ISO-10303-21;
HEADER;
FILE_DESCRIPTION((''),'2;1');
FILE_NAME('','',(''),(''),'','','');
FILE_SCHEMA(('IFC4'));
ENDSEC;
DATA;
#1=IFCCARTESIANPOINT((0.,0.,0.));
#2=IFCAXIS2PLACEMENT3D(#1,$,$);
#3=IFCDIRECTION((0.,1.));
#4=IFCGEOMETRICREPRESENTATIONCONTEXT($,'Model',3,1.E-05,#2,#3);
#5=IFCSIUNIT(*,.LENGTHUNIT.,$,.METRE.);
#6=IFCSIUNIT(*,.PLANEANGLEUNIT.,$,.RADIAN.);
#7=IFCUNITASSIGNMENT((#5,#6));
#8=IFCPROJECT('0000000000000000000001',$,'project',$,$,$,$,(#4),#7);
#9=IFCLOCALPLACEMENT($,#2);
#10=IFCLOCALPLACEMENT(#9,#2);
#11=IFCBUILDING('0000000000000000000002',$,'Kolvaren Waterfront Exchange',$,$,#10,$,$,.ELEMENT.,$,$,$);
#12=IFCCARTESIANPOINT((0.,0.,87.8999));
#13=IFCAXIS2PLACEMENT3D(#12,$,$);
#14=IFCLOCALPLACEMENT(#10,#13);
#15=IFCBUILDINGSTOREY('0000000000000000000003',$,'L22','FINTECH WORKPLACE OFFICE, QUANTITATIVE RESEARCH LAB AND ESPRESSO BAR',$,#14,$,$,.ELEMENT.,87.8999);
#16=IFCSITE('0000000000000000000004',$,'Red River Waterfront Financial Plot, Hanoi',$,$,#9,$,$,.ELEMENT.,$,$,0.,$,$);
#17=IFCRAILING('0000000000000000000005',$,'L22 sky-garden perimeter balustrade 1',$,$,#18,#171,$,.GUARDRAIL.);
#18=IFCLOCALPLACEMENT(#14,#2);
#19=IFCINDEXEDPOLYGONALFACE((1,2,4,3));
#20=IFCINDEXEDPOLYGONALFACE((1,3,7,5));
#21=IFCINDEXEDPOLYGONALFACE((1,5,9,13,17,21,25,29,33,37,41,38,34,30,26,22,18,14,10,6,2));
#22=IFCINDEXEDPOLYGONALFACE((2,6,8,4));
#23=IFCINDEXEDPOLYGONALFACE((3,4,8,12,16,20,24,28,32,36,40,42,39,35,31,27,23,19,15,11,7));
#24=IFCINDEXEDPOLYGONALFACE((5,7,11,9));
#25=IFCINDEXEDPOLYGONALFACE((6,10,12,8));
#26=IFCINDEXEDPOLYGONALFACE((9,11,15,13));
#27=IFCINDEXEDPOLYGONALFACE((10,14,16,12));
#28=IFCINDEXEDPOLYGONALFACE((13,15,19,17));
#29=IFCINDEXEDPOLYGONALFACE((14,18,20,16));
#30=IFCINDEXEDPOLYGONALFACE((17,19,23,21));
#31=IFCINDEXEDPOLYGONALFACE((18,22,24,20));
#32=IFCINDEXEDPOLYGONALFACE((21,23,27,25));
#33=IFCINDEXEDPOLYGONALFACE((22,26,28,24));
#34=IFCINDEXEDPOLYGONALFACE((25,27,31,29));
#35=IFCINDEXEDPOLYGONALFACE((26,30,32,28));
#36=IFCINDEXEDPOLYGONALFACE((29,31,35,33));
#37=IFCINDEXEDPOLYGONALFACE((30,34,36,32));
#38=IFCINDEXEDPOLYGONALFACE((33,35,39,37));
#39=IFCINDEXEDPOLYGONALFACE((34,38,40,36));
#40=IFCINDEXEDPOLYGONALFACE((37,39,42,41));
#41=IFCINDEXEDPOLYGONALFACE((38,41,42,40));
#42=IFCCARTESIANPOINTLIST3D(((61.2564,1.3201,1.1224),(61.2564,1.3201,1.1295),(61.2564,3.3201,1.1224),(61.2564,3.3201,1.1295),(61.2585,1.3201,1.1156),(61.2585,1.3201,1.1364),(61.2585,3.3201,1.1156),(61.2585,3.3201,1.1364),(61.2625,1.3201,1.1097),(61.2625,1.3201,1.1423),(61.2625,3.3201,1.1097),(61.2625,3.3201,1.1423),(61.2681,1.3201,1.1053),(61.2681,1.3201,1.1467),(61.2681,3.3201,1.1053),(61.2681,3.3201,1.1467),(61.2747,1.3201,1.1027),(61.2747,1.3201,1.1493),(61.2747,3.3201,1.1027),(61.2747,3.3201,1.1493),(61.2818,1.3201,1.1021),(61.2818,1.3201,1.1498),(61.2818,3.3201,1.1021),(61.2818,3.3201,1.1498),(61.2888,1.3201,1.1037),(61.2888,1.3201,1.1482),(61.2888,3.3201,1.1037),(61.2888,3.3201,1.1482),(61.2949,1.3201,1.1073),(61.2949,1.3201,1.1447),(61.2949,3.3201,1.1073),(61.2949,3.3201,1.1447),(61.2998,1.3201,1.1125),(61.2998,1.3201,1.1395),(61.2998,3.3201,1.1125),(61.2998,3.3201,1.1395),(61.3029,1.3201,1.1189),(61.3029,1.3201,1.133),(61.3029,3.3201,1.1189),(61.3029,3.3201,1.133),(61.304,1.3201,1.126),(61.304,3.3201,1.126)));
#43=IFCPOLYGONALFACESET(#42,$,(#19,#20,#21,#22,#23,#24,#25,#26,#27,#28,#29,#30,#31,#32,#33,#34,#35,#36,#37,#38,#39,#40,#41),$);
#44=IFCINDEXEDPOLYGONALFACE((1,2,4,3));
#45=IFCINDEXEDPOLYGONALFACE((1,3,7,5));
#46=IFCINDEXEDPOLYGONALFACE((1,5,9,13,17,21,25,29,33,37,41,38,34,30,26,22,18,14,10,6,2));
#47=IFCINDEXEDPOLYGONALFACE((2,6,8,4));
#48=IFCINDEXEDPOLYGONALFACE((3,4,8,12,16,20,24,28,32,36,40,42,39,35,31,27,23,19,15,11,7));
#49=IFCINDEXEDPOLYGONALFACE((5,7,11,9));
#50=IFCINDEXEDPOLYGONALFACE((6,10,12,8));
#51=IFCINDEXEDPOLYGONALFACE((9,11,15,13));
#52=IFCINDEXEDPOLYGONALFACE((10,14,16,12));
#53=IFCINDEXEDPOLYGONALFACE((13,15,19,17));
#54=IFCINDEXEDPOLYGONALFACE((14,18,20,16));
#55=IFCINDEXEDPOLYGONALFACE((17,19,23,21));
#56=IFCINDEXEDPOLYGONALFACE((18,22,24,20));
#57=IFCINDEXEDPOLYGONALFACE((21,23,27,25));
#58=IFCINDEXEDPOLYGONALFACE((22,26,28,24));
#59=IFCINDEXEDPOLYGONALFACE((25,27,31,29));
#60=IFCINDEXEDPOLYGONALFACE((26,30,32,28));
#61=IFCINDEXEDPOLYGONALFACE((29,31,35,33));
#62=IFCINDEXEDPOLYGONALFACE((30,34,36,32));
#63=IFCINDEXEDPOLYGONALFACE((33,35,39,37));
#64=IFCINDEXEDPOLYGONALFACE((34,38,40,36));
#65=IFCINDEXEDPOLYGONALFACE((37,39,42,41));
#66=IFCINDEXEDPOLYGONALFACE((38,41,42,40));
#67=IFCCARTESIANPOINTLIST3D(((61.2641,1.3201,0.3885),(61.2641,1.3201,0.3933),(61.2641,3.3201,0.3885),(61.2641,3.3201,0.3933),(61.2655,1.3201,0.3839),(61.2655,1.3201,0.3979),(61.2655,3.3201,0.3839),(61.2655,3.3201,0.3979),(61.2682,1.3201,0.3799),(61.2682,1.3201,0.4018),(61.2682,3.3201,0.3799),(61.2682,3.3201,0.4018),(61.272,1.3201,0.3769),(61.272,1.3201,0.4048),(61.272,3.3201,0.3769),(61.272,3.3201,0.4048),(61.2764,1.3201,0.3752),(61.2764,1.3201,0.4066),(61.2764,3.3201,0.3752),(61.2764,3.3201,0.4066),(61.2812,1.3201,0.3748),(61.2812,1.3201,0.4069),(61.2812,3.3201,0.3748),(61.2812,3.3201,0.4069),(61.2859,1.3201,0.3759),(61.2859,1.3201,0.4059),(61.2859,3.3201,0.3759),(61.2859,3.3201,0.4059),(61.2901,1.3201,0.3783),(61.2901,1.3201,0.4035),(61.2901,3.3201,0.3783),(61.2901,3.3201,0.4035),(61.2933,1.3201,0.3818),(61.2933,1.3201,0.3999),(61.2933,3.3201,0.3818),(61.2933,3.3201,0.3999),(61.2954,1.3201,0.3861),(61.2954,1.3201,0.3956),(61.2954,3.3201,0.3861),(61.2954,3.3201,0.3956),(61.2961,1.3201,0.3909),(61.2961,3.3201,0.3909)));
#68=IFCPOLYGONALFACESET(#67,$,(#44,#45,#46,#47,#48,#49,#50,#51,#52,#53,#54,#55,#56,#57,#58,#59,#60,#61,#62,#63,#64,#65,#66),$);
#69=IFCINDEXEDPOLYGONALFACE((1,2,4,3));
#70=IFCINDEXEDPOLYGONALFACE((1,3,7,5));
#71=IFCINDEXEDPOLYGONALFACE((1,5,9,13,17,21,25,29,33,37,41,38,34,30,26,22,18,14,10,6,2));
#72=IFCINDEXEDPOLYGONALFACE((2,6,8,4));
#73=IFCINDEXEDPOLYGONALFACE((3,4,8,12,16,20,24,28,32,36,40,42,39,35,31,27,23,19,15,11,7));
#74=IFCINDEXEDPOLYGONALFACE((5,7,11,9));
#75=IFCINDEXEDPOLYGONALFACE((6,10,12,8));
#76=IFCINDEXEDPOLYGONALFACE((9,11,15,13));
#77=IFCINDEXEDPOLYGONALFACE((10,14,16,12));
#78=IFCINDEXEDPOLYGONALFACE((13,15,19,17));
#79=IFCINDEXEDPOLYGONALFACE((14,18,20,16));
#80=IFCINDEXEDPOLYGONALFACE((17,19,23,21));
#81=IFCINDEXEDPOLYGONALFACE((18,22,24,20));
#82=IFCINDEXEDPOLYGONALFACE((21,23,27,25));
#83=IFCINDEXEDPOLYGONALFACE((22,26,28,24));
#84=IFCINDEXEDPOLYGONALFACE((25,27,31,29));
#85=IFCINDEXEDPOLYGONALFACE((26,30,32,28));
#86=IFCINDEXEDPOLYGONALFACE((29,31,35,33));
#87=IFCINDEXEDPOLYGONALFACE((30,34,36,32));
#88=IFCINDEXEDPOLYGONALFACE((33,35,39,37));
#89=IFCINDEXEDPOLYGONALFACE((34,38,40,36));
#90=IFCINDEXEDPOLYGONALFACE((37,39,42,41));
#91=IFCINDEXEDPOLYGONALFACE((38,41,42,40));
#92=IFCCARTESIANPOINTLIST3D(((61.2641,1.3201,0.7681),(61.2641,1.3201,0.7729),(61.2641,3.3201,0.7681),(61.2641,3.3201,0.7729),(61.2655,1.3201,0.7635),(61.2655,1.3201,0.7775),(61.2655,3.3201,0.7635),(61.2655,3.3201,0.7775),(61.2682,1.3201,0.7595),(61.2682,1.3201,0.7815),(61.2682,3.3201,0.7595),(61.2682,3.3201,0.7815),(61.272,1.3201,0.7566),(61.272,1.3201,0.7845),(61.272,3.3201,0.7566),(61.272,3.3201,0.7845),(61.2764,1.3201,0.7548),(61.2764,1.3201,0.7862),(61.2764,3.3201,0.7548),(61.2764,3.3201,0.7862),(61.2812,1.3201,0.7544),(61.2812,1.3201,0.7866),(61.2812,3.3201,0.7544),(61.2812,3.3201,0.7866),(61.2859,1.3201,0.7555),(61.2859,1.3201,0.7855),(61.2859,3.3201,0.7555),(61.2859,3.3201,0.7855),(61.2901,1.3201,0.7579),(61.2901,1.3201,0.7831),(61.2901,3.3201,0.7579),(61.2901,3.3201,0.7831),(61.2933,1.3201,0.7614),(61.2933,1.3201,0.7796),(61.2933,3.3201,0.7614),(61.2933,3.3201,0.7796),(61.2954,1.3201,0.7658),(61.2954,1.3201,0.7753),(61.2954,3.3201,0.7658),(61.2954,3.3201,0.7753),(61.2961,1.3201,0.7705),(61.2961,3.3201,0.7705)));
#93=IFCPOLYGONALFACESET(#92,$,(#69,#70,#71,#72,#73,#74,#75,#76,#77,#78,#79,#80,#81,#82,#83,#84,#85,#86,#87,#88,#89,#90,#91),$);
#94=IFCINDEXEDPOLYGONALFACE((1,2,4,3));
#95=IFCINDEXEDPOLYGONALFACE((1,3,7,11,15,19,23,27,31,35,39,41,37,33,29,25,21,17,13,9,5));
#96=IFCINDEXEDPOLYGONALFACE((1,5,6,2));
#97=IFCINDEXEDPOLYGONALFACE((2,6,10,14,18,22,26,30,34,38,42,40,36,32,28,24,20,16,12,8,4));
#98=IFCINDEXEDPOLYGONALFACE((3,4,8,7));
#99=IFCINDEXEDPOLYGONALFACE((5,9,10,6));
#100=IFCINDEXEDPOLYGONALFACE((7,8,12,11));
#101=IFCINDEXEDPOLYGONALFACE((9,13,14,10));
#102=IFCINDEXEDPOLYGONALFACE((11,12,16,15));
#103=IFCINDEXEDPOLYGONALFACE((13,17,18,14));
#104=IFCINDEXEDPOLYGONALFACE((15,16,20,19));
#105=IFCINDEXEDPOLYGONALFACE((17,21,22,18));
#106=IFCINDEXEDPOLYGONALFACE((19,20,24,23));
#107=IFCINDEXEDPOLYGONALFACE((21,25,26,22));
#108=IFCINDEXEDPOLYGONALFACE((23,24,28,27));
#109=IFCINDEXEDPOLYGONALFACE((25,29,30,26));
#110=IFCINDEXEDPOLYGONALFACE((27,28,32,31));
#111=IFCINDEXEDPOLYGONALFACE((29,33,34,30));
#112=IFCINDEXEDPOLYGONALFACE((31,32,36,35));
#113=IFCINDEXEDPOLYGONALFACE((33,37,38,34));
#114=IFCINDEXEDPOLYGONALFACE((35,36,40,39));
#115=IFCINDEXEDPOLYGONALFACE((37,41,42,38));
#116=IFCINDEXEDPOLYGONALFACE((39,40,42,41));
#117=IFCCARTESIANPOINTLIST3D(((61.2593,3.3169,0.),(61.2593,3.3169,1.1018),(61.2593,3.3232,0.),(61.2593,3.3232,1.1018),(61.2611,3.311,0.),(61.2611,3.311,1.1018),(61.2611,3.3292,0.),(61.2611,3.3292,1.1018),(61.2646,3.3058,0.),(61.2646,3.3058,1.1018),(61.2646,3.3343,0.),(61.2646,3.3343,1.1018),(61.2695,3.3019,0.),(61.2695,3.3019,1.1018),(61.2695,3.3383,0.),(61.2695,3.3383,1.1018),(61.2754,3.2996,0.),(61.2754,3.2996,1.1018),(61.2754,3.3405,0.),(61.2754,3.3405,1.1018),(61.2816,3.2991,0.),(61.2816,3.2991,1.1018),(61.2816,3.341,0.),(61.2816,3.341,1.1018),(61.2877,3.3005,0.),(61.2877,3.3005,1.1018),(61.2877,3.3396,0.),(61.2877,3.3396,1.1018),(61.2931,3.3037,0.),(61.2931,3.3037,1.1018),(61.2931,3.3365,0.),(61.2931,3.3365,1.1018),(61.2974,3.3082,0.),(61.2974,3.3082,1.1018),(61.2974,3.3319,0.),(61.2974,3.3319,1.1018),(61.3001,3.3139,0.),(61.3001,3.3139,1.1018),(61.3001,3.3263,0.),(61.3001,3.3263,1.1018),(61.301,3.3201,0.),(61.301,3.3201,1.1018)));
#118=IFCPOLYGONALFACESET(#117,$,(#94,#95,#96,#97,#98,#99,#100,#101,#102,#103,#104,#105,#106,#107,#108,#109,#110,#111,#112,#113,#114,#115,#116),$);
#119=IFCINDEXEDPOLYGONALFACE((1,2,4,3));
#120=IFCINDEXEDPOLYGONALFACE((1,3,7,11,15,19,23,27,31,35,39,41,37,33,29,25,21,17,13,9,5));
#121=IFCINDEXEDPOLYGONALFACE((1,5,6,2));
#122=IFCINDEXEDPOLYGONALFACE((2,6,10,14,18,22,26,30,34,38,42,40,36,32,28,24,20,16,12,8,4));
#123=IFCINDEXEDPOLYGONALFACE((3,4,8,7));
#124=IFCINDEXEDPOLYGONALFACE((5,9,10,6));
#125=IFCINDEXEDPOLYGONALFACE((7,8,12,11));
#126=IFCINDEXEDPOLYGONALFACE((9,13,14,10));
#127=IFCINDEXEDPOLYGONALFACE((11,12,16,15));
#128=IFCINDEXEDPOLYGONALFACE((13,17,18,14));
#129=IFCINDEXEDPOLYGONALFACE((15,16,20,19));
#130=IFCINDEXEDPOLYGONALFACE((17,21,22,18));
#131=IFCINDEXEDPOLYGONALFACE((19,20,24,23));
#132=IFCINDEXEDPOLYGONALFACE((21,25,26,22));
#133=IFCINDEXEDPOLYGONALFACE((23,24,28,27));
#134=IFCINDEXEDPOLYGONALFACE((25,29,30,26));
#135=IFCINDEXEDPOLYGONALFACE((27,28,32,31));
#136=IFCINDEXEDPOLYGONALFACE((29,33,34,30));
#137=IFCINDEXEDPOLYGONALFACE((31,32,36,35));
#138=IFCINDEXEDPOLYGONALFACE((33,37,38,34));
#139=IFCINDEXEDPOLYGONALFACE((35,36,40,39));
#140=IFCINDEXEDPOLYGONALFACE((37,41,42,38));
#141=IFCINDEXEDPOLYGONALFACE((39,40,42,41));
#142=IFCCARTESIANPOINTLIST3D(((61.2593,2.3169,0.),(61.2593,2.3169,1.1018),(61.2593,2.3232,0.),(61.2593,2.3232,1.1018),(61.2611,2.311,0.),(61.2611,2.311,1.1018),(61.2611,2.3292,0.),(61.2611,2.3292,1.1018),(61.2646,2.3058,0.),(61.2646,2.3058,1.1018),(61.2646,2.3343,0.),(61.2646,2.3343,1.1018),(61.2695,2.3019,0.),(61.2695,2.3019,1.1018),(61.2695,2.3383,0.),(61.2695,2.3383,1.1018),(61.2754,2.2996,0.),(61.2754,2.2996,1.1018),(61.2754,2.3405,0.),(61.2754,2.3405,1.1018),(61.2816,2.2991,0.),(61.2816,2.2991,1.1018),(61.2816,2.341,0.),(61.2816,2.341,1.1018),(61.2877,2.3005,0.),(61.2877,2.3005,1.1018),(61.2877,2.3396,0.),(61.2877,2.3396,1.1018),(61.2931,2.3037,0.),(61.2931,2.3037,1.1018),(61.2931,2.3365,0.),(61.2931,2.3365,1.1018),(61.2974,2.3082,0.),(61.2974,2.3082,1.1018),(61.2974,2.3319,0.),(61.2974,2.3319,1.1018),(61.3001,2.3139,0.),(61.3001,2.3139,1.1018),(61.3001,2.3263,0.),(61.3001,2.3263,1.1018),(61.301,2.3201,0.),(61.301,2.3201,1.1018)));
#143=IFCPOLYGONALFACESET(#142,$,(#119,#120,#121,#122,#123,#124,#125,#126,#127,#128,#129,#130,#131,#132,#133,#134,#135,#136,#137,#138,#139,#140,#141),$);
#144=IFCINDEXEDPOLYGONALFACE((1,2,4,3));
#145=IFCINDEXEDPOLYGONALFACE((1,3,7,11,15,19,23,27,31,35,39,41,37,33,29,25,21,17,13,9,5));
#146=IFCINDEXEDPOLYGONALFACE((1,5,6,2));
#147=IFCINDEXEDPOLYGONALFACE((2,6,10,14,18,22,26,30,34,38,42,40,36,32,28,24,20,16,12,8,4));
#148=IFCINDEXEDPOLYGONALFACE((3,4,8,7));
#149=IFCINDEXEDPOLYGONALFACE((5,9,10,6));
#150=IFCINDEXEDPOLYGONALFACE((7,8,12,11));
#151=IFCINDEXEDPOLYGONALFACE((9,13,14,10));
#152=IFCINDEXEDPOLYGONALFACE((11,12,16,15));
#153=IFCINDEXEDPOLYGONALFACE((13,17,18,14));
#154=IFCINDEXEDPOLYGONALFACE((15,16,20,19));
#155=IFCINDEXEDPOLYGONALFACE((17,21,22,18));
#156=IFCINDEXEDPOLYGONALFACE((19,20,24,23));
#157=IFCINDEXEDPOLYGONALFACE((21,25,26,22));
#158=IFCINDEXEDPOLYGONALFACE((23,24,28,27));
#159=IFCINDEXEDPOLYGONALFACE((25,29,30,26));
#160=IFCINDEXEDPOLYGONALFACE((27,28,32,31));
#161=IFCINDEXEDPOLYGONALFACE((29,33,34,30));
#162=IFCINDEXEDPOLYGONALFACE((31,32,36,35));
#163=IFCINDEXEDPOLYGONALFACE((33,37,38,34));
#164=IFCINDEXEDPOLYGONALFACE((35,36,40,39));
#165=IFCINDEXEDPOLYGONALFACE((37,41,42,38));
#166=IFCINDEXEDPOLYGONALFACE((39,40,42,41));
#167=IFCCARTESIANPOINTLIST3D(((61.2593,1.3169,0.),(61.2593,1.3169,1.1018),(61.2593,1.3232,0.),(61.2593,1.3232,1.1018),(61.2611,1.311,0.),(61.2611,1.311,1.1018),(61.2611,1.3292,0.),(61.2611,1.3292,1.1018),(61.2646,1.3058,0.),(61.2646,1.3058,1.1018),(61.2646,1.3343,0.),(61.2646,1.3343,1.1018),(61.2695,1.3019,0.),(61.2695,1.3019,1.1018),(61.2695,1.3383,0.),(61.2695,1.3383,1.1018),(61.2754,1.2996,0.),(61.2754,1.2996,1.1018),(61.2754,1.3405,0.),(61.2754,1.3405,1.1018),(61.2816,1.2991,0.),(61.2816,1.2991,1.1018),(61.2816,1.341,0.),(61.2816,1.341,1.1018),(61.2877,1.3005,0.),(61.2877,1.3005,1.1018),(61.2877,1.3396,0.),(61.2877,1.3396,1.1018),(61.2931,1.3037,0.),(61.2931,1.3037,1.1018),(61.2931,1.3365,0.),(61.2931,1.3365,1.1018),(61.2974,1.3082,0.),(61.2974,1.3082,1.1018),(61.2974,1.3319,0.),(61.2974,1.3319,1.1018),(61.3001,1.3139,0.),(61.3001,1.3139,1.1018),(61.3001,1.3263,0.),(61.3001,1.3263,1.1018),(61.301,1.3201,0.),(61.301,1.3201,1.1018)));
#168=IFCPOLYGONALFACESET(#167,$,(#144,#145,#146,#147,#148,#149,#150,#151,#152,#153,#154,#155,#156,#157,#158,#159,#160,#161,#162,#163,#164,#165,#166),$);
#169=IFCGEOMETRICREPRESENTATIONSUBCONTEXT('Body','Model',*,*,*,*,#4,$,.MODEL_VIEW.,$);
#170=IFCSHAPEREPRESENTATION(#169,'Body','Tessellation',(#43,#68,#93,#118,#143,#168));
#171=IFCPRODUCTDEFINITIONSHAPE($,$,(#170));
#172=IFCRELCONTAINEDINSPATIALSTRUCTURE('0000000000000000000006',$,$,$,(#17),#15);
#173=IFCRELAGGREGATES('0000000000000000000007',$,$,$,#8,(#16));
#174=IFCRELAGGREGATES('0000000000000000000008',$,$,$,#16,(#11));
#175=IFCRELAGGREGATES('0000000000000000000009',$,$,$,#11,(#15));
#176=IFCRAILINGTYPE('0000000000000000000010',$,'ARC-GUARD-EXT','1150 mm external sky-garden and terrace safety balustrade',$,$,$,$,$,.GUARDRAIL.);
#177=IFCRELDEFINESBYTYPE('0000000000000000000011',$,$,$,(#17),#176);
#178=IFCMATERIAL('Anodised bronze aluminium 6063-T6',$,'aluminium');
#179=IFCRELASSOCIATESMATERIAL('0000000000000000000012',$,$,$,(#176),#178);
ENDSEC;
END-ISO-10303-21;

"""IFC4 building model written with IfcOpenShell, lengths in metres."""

from ifc_helpers import new_model, si_unit, direction, frame, origin, origin_2d, place, context, subcontext, project, spatial, circle, extrude, material, type_object, element, save


model = new_model("IFC4")

# Units and contexts
model_context = context("Model", 3, precision=1e-05, world=origin(), true_north=direction((0.0, 1.0)))
body_context = subcontext(model_context, "Body", "Model", "MODEL_VIEW")
ifc_project = project(units=[si_unit("LENGTHUNIT", "METRE"), si_unit("PLANEANGLEUNIT", "RADIAN")], contexts=[model_context])

# Site, building, storey
site_placement = place(None, origin())
site = spatial("IfcSite", under=ifc_project, at=site_placement, Name="Red River Waterfront Financial Plot, Hanoi", CompositionType="ELEMENT", RefElevation=0.0)
building_placement = place(site_placement, origin())
building = spatial("IfcBuilding", under=site, at=building_placement, Name="Kolvaren Waterfront Exchange", CompositionType="ELEMENT")
storey_placement = place(building_placement, frame((0.0, 0.0, 87.8999)))
storey = spatial("IfcBuildingStorey", under=building, at=storey_placement, Name="L22", Description="FINTECH WORKPLACE OFFICE, QUANTITATIVE RESEARCH LAB AND ESPRESSO BAR", CompositionType="ELEMENT", Elevation=87.8999)

# Shared definitions
ifc_material_1 = material(Name="Anodised bronze aluminium 6063-T6", Category="aluminium")

# Railing
railing_type = type_object("IfcRailingType", Name="ARC-GUARD-EXT", Description="1150 mm external sky-garden and terrace safety balustrade", PredefinedType="GUARDRAIL", material=ifc_material_1)
railing_1_placement = place(storey_placement, frame((61.28, 3.3201, 0.0)))
element("IfcRailing", 1, at=railing_1_placement, inside=storey, type_object=railing_type, Name="L22 sky-garden perimeter balustrade 1", PredefinedType="GUARDRAIL", context=body_context, shape_type="SweptSolid", body=[
    extrude(circle(Radius=0.0239, at=origin_2d()), frame((0.0, 0.0, 1.126), z_axis=(0.0, -1.0, 0.0), x_axis=(1.0, 0.0, 0.0)), (0.0, 0.0, 1.0), 2.0),
    extrude(circle(Radius=0.0161, at=origin_2d()), frame((0.0, 0.0, 0.3909), z_axis=(0.0, -1.0, 0.0), x_axis=(1.0, 0.0, 0.0)), (0.0, 0.0, 1.0), 2.0),
    extrude(circle(Radius=0.0161, at=origin_2d()), frame((0.0, 0.0, 0.7705), z_axis=(0.0, -1.0, 0.0), x_axis=(1.0, 0.0, 0.0)), (0.0, 0.0, 1.0), 2.0),
    extrude(circle(Radius=0.021, at=origin_2d()), origin(), (0.0, 0.0, 1.0), 1.1018),
    extrude(circle(Radius=0.021, at=origin_2d()), frame((0.0, -1.0, 0.0)), (0.0, 0.0, 1.0), 1.1018),
    extrude(circle(Radius=0.021, at=origin_2d()), frame((0.0, -2.0, 0.0)), (0.0, 0.0, 1.0), 1.1018),
])

save(model, "model.ifc")
